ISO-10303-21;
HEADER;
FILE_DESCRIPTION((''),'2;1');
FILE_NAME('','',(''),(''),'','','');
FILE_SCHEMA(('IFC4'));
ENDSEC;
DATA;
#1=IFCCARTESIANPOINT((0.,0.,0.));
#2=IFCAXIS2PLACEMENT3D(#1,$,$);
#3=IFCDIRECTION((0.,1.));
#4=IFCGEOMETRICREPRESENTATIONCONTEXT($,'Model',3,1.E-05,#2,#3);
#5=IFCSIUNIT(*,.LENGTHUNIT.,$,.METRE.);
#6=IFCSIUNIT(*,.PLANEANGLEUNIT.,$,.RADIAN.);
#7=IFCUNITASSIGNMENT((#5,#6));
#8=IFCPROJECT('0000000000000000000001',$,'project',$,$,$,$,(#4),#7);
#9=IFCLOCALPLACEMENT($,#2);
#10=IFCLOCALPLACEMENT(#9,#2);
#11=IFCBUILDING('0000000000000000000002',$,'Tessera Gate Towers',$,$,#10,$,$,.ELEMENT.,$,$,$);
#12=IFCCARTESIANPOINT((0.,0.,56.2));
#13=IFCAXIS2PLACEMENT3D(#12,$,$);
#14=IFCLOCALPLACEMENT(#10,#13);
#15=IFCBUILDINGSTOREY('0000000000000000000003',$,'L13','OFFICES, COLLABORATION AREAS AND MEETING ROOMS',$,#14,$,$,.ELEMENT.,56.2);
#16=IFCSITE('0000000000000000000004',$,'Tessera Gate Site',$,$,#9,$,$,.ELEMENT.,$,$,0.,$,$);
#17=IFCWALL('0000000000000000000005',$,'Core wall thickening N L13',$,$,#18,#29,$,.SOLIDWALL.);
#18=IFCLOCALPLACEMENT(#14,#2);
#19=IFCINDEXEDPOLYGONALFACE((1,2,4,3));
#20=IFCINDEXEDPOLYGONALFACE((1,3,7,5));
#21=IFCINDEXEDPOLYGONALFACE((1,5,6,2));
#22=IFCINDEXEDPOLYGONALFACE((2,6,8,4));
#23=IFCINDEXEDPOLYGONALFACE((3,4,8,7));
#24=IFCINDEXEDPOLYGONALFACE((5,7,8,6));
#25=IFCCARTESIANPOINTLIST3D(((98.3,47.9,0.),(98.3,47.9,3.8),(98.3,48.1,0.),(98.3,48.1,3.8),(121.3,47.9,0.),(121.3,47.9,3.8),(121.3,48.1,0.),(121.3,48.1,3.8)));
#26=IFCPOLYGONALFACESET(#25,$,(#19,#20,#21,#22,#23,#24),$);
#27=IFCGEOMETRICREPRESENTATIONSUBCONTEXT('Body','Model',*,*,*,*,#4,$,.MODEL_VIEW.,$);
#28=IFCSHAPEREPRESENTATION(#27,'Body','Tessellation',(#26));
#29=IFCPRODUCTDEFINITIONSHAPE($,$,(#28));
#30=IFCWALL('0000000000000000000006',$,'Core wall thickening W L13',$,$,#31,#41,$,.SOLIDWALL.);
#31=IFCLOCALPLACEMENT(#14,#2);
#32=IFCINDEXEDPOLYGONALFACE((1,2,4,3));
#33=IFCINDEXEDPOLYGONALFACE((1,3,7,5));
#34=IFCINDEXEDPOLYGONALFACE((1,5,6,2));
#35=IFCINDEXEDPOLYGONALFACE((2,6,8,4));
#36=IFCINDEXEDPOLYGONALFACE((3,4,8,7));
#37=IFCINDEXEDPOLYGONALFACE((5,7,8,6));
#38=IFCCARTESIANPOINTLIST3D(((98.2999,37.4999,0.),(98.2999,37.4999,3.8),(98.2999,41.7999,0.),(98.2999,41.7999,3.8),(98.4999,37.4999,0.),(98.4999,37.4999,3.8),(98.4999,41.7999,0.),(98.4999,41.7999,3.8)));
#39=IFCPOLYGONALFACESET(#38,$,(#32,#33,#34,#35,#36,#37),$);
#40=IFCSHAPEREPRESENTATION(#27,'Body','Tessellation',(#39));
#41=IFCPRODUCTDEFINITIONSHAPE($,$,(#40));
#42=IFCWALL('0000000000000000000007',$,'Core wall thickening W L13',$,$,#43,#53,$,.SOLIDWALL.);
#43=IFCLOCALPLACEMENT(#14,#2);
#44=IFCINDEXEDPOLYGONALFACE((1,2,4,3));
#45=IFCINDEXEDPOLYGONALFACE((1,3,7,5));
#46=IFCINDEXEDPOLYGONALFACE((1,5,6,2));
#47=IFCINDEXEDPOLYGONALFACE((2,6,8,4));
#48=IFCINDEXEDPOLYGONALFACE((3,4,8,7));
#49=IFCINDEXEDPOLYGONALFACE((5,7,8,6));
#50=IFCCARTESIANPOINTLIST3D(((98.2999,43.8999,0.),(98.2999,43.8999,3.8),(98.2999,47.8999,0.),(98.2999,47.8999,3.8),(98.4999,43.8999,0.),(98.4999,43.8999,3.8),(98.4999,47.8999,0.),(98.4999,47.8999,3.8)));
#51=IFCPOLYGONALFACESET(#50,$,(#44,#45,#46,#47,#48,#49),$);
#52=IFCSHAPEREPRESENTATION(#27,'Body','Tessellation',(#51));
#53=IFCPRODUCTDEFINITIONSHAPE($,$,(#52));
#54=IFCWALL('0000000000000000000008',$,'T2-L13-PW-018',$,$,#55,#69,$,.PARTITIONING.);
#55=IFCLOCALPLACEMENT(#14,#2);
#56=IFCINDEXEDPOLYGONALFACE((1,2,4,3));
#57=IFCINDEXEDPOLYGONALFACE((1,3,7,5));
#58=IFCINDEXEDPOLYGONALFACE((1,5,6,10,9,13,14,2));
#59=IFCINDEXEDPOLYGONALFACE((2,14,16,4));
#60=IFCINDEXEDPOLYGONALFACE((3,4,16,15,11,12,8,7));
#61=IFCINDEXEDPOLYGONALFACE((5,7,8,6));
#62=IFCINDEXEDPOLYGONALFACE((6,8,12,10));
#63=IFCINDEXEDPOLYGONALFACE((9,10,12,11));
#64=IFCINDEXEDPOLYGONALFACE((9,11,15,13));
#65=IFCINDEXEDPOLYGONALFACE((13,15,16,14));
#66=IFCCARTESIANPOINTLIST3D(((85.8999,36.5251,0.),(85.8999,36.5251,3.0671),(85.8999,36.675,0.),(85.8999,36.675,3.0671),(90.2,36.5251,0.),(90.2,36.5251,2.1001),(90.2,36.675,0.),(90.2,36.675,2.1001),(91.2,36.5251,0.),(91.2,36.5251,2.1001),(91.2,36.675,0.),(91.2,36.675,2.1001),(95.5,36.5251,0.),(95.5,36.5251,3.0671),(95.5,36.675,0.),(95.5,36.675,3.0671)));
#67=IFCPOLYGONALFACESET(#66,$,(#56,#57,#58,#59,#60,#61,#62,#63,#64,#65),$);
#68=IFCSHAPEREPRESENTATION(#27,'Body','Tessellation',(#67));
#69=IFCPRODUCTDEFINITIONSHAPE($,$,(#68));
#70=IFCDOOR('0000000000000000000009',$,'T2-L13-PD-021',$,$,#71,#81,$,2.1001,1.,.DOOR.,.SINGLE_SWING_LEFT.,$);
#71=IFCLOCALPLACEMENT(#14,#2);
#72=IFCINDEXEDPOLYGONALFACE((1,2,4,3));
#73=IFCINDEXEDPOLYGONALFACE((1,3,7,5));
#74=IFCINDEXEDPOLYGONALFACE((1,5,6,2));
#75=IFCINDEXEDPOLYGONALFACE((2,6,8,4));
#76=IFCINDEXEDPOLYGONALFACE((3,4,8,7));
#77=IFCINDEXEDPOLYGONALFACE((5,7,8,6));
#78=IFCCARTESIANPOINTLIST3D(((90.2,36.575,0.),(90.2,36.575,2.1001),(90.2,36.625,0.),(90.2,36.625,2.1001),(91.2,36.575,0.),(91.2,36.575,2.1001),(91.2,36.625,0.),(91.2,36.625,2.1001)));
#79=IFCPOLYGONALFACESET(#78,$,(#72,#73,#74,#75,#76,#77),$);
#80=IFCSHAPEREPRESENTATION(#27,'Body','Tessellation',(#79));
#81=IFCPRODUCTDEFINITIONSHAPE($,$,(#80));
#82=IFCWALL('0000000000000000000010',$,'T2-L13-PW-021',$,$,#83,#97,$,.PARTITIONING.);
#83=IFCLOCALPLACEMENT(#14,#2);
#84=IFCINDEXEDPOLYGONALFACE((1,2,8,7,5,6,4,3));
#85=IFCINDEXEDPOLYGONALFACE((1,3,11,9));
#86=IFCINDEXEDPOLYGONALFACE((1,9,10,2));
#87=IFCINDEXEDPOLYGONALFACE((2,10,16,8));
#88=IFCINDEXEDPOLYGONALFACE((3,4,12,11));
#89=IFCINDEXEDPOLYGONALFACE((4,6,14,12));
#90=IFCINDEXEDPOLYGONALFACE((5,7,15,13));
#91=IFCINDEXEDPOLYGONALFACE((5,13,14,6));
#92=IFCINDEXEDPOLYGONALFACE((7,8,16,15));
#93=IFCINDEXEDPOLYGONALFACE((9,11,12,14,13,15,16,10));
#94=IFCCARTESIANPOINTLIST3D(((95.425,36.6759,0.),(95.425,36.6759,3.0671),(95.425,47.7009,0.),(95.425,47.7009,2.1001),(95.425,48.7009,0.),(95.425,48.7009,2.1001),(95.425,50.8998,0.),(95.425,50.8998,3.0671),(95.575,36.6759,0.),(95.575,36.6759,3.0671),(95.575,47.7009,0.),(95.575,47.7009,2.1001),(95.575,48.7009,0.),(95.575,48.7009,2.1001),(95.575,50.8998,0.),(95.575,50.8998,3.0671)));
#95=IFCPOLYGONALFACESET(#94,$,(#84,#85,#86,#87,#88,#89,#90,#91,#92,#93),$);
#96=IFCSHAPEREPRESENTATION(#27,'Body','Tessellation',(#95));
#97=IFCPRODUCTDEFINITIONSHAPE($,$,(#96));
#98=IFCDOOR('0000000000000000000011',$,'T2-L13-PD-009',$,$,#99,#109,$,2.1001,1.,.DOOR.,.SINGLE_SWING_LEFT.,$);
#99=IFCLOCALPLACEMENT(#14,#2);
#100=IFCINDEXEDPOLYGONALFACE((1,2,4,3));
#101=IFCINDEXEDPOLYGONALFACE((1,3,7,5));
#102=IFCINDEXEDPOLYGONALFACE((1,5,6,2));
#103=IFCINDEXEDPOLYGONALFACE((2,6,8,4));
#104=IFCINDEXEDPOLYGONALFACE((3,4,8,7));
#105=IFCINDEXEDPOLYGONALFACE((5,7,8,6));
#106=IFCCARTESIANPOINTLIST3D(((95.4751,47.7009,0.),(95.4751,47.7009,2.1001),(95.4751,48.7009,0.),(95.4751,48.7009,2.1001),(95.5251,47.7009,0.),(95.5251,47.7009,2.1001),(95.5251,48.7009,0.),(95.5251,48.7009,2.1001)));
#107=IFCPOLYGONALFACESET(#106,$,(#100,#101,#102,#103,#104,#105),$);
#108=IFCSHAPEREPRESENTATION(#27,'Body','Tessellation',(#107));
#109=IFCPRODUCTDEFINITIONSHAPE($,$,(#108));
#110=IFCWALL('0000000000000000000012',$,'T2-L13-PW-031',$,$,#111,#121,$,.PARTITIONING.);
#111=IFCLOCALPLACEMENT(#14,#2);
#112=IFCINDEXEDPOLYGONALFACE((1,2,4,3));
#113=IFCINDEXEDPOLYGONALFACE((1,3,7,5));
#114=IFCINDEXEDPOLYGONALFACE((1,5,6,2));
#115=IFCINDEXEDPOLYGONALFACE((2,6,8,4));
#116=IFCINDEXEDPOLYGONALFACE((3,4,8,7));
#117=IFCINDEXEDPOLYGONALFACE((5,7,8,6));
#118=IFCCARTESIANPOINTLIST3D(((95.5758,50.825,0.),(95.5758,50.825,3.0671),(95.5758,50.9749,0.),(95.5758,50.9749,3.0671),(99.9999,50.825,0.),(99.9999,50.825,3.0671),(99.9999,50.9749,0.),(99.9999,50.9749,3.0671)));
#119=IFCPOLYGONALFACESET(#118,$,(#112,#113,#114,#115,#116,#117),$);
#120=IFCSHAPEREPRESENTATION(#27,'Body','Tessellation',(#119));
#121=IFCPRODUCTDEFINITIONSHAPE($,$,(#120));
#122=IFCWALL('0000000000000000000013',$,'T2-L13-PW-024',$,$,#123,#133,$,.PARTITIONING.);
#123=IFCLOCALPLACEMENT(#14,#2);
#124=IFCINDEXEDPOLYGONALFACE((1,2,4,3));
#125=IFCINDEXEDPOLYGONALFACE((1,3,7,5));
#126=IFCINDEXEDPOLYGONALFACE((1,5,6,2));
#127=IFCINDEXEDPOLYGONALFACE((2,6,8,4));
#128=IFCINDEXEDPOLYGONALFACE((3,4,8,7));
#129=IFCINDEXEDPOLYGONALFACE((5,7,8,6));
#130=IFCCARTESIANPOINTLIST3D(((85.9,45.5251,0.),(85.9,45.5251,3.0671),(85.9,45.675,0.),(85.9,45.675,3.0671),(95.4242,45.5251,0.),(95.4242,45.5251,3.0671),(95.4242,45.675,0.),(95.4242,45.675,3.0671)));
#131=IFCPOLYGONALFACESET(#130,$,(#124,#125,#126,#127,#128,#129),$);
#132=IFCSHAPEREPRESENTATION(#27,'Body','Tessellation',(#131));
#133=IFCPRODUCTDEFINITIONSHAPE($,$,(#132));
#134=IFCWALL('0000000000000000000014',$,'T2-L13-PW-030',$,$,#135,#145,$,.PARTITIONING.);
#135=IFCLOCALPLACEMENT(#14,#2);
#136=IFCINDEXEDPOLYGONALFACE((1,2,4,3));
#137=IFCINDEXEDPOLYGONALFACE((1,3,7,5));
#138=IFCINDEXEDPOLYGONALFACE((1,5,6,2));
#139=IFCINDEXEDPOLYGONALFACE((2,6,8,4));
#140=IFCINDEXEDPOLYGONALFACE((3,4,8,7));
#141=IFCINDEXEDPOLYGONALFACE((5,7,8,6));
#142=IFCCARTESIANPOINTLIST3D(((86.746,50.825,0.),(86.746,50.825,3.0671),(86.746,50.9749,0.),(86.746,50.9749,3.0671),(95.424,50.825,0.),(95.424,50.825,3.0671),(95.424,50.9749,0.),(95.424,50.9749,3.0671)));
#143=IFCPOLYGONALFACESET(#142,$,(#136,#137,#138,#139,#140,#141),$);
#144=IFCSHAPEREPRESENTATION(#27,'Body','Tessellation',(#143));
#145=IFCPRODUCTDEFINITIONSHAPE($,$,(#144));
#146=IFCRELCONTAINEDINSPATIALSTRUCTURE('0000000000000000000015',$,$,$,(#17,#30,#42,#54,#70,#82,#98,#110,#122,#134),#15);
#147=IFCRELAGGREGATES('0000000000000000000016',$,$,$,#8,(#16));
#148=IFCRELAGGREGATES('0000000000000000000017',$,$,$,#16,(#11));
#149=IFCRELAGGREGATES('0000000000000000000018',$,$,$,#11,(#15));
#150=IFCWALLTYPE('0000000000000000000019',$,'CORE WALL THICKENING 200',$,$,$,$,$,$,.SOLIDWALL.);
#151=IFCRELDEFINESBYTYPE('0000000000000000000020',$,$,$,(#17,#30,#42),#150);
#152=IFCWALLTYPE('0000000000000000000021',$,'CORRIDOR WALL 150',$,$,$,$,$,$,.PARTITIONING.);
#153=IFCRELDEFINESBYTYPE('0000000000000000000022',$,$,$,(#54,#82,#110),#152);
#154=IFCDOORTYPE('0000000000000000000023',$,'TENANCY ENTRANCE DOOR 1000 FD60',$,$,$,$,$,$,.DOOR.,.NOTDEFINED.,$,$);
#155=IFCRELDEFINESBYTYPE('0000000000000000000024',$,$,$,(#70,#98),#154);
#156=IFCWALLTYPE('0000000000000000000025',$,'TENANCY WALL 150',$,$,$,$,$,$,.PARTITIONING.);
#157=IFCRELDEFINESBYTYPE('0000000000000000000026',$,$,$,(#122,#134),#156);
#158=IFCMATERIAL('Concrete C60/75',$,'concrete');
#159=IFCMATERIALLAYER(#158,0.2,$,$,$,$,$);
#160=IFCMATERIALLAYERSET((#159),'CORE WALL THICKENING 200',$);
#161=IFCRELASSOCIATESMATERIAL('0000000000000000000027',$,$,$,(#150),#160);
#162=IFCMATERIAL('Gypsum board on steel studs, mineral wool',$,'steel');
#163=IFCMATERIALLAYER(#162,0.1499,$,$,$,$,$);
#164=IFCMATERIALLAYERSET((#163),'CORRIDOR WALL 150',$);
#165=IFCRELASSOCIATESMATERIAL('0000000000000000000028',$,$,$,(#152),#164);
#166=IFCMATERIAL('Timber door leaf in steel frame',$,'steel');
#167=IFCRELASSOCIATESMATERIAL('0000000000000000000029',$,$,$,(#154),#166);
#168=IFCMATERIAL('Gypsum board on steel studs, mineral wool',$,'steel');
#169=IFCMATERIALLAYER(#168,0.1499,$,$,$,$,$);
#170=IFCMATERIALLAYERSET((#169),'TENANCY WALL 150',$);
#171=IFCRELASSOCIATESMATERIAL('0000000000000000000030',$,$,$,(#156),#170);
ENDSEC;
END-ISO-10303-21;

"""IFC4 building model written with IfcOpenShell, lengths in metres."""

from ifc_helpers import new_model, si_unit, direction, frame, frame_2d, origin, place, context, subcontext, project, spatial, rectangle, extrude, source, transform, mapped, material, layer, layer_set, type_object, element, fill, save


model = new_model("IFC4")

# Units and contexts
model_context = context("Model", 3, precision=1e-05, world=origin(), true_north=direction((0.0, 1.0)))
body_context = subcontext(model_context, "Body", "Model", "MODEL_VIEW")
ifc_project = project(units=[si_unit("LENGTHUNIT", "METRE"), si_unit("PLANEANGLEUNIT", "RADIAN")], contexts=[model_context])

# Site, building, storey
site_placement = place(None, origin())
site = spatial("IfcSite", under=ifc_project, at=site_placement, Name="Tessera Gate Site", CompositionType="ELEMENT", RefElevation=0.0)
building_placement = place(site_placement, origin())
building = spatial("IfcBuilding", under=site, at=building_placement, Name="Tessera Gate Towers", CompositionType="ELEMENT")
storey_placement = place(building_placement, frame((0.0, 0.0, 56.2)))
storey = spatial("IfcBuildingStorey", under=building, at=storey_placement, Name="L13", Description="OFFICES, COLLABORATION AREAS AND MEETING ROOMS", CompositionType="ELEMENT", Elevation=56.2)

# Walls
ifc_material_1 = material(Name="Concrete C60/75", Category="concrete")
ifc_layer_1 = layer(ifc_material_1, 0.2)
ifc_layer_set_1 = layer_set([ifc_layer_1], Name="CORE WALL THICKENING 200")
wall_type_1 = type_object("IfcWallType", Name="CORE WALL THICKENING 200", PredefinedType="SOLIDWALL", material=ifc_layer_set_1)
for number, where, z_axis, x_axis, name in (
    (1, (98.3, 48.0, 0.0), (0.0, 0.0, 1.0), (1.0, 0.0, 0.0), "Core wall thickening N L13"),
):
    element("IfcWall", number, at=place(storey_placement, frame(where, z_axis=z_axis, x_axis=x_axis)), inside=storey, type_object=wall_type_1, Name=name, PredefinedType="SOLIDWALL", context=body_context, shape_type="SweptSolid", body=[
        extrude(rectangle(XDim=23.0, YDim=0.2, at=frame_2d((11.5, 0.0))), origin(), (0.0, 0.0, 1.0), 3.8),
    ])
wall_1_placement = place(storey_placement, frame((98.3999, 37.5, 0.0), z_axis=(0.0, 0.0, 1.0), x_axis=(0.0, 1.0, 0.0)))
element("IfcWall", 2, at=wall_1_placement, inside=storey, type_object=wall_type_1, Name="Core wall thickening W L13", PredefinedType="SOLIDWALL", context=body_context, shape_type="SweptSolid", body=[
    extrude(rectangle(XDim=4.3, YDim=0.2, at=frame_2d((2.1499, 0.0))), origin(), (0.0, 0.0, 1.0), 3.8),
])
wall_2_placement = place(storey_placement, frame((98.3999, 43.8999, 0.0), z_axis=(0.0, 0.0, 1.0), x_axis=(0.0, 1.0, 0.0)))
element("IfcWall", 3, at=wall_2_placement, inside=storey, type_object=wall_type_1, Name="Core wall thickening W L13", PredefinedType="SOLIDWALL", context=body_context, shape_type="SweptSolid", body=[
    extrude(rectangle(XDim=4.0, YDim=0.2, at=frame_2d((2.0, 0.0))), origin(), (0.0, 0.0, 1.0), 3.8),
])

# Walls, openings, doors
ifc_material_2 = material(Name="Gypsum board on steel studs, mineral wool", Category="steel")
ifc_layer_2 = layer(ifc_material_2, 0.1499)
ifc_layer_set_2 = layer_set([ifc_layer_2], Name="CORRIDOR WALL 150")
wall_type_2 = type_object("IfcWallType", Name="CORRIDOR WALL 150", PredefinedType="PARTITIONING", material=ifc_layer_set_2)
wall_3_placement = place(storey_placement, frame((85.8999, 36.6001, 0.0), z_axis=(0.0, 0.0, 1.0), x_axis=(1.0, 0.0, 0.0)))
wall_3 = element("IfcWall", 4, at=wall_3_placement, inside=storey, type_object=wall_type_2, Name="T2-L13-PW-018", PredefinedType="PARTITIONING", context=body_context, shape_type="SweptSolid", body=[
    extrude(rectangle(XDim=9.6001, YDim=0.1499, at=frame_2d((4.8, 0.0))), origin(), (0.0, 0.0, 1.0), 3.0671),
])
shared_shape_1 = source(origin(), body_context, "Body", "SweptSolid", [
    extrude(rectangle(XDim=1.0, YDim=2.1001, at=frame_2d((0.5, 1.05))), frame((0.0, 0.085, 0.0), z_axis=(0.0, -1.0, 0.0), x_axis=(1.0, 0.0, 0.0)), (0.0, 0.0, 1.0), 0.1699),
])
opening_1_placement = place(wall_3_placement, frame((4.3, 0.0, 0.0)))
opening_1 = element("IfcOpeningElement", 5, at=opening_1_placement, cuts=wall_3, PredefinedType="OPENING", context=body_context, shape_type="MappedRepresentation", body=[
    mapped(shared_shape_1, transform((0.0, 0.0, 0.0), scale=1.0)),
])
ifc_material_3 = material(Name="Timber door leaf in steel frame", Category="steel")
door_type_1 = type_object("IfcDoorType", Name="TENANCY ENTRANCE DOOR 1000 FD60", OperationType="NOTDEFINED", PredefinedType="DOOR", material=ifc_material_3)
shared_shape_2 = source(origin(), body_context, "Body", "SweptSolid", [
    extrude(rectangle(XDim=1.0, YDim=2.1001, at=frame_2d((0.5, 1.05))), frame((0.0, 0.0249, 0.0), z_axis=(0.0, -1.0, 0.0), x_axis=(1.0, 0.0, 0.0)), (0.0, 0.0, 1.0), 0.05),
])
door_1_placement = place(opening_1_placement, origin())
door_1 = element("IfcDoor", 6, at=door_1_placement, inside=storey, type_object=door_type_1, Name="T2-L13-PD-021", OperationType="SINGLE_SWING_LEFT", OverallHeight=2.1001, OverallWidth=1.0, PredefinedType="DOOR", context=body_context, shape_type="MappedRepresentation", body=[
    mapped(shared_shape_2, transform((0.0, 0.0, 0.0), scale=1.0)),
])
fill(opening_1, door_1)
wall_4_placement = place(storey_placement, frame((95.5, 36.676, 0.0), z_axis=(0.0, 0.0, 1.0), x_axis=(0.0, 1.0, 0.0)))
wall_4 = element("IfcWall", 7, at=wall_4_placement, inside=storey, type_object=wall_type_2, Name="T2-L13-PW-021", PredefinedType="PARTITIONING", context=body_context, shape_type="SweptSolid", body=[
    extrude(rectangle(XDim=14.2239, YDim=0.1499, at=frame_2d((7.1118, 0.0))), origin(), (0.0, 0.0, 1.0), 3.0671),
])
opening_2_placement = place(wall_4_placement, frame((11.0249, 0.0, 0.0)))
opening_2 = element("IfcOpeningElement", 8, at=opening_2_placement, cuts=wall_4, PredefinedType="OPENING", context=body_context, shape_type="MappedRepresentation", body=[
    mapped(shared_shape_1, transform((0.0, 0.0, 0.0), scale=1.0)),
])
door_2_placement = place(opening_2_placement, origin())
door_2 = element("IfcDoor", 9, at=door_2_placement, inside=storey, type_object=door_type_1, Name="T2-L13-PD-009", OperationType="SINGLE_SWING_LEFT", OverallHeight=2.1001, OverallWidth=1.0, PredefinedType="DOOR", context=body_context, shape_type="MappedRepresentation", body=[
    mapped(shared_shape_2, transform((0.0, 0.0, 0.0), scale=1.0)),
])
fill(opening_2, door_2)

# Walls
wall_5_placement = place(storey_placement, frame((95.5759, 50.8999, 0.0), z_axis=(0.0, 0.0, 1.0), x_axis=(1.0, 0.0, 0.0)))
element("IfcWall", 10, at=wall_5_placement, inside=storey, type_object=wall_type_2, Name="T2-L13-PW-031", PredefinedType="PARTITIONING", context=body_context, shape_type="SweptSolid", body=[
    extrude(rectangle(XDim=4.4241, YDim=0.1499, at=frame_2d((2.2119, 0.0))), origin(), (0.0, 0.0, 1.0), 3.0671),
])
ifc_material_4 = material(Name="Gypsum board on steel studs, mineral wool", Category="steel")
ifc_layer_3 = layer(ifc_material_4, 0.1499)
ifc_layer_set_3 = layer_set([ifc_layer_3], Name="TENANCY WALL 150")
wall_type_3 = type_object("IfcWallType", Name="TENANCY WALL 150", PredefinedType="PARTITIONING", material=ifc_layer_set_3)
wall_6_placement = place(storey_placement, frame((85.8999, 45.6001, 0.0), z_axis=(0.0, 0.0, 1.0), x_axis=(1.0, 0.0, 0.0)))
element("IfcWall", 11, at=wall_6_placement, inside=storey, type_object=wall_type_3, Name="T2-L13-PW-024", PredefinedType="PARTITIONING", context=body_context, shape_type="SweptSolid", body=[
    extrude(rectangle(XDim=9.5242, YDim=0.1499, at=frame_2d((4.7622, 0.0))), origin(), (0.0, 0.0, 1.0), 3.0671),
])
wall_7_placement = place(storey_placement, frame((86.7461, 50.8999, 0.0), z_axis=(0.0, 0.0, 1.0), x_axis=(1.0, 0.0, 0.0)))
element("IfcWall", 12, at=wall_7_placement, inside=storey, type_object=wall_type_3, Name="T2-L13-PW-030", PredefinedType="PARTITIONING", context=body_context, shape_type="SweptSolid", body=[
    extrude(rectangle(XDim=8.678, YDim=0.1499, at=frame_2d((4.3389, 0.0))), origin(), (0.0, 0.0, 1.0), 3.0671),
])

save(model, "model.ifc")
